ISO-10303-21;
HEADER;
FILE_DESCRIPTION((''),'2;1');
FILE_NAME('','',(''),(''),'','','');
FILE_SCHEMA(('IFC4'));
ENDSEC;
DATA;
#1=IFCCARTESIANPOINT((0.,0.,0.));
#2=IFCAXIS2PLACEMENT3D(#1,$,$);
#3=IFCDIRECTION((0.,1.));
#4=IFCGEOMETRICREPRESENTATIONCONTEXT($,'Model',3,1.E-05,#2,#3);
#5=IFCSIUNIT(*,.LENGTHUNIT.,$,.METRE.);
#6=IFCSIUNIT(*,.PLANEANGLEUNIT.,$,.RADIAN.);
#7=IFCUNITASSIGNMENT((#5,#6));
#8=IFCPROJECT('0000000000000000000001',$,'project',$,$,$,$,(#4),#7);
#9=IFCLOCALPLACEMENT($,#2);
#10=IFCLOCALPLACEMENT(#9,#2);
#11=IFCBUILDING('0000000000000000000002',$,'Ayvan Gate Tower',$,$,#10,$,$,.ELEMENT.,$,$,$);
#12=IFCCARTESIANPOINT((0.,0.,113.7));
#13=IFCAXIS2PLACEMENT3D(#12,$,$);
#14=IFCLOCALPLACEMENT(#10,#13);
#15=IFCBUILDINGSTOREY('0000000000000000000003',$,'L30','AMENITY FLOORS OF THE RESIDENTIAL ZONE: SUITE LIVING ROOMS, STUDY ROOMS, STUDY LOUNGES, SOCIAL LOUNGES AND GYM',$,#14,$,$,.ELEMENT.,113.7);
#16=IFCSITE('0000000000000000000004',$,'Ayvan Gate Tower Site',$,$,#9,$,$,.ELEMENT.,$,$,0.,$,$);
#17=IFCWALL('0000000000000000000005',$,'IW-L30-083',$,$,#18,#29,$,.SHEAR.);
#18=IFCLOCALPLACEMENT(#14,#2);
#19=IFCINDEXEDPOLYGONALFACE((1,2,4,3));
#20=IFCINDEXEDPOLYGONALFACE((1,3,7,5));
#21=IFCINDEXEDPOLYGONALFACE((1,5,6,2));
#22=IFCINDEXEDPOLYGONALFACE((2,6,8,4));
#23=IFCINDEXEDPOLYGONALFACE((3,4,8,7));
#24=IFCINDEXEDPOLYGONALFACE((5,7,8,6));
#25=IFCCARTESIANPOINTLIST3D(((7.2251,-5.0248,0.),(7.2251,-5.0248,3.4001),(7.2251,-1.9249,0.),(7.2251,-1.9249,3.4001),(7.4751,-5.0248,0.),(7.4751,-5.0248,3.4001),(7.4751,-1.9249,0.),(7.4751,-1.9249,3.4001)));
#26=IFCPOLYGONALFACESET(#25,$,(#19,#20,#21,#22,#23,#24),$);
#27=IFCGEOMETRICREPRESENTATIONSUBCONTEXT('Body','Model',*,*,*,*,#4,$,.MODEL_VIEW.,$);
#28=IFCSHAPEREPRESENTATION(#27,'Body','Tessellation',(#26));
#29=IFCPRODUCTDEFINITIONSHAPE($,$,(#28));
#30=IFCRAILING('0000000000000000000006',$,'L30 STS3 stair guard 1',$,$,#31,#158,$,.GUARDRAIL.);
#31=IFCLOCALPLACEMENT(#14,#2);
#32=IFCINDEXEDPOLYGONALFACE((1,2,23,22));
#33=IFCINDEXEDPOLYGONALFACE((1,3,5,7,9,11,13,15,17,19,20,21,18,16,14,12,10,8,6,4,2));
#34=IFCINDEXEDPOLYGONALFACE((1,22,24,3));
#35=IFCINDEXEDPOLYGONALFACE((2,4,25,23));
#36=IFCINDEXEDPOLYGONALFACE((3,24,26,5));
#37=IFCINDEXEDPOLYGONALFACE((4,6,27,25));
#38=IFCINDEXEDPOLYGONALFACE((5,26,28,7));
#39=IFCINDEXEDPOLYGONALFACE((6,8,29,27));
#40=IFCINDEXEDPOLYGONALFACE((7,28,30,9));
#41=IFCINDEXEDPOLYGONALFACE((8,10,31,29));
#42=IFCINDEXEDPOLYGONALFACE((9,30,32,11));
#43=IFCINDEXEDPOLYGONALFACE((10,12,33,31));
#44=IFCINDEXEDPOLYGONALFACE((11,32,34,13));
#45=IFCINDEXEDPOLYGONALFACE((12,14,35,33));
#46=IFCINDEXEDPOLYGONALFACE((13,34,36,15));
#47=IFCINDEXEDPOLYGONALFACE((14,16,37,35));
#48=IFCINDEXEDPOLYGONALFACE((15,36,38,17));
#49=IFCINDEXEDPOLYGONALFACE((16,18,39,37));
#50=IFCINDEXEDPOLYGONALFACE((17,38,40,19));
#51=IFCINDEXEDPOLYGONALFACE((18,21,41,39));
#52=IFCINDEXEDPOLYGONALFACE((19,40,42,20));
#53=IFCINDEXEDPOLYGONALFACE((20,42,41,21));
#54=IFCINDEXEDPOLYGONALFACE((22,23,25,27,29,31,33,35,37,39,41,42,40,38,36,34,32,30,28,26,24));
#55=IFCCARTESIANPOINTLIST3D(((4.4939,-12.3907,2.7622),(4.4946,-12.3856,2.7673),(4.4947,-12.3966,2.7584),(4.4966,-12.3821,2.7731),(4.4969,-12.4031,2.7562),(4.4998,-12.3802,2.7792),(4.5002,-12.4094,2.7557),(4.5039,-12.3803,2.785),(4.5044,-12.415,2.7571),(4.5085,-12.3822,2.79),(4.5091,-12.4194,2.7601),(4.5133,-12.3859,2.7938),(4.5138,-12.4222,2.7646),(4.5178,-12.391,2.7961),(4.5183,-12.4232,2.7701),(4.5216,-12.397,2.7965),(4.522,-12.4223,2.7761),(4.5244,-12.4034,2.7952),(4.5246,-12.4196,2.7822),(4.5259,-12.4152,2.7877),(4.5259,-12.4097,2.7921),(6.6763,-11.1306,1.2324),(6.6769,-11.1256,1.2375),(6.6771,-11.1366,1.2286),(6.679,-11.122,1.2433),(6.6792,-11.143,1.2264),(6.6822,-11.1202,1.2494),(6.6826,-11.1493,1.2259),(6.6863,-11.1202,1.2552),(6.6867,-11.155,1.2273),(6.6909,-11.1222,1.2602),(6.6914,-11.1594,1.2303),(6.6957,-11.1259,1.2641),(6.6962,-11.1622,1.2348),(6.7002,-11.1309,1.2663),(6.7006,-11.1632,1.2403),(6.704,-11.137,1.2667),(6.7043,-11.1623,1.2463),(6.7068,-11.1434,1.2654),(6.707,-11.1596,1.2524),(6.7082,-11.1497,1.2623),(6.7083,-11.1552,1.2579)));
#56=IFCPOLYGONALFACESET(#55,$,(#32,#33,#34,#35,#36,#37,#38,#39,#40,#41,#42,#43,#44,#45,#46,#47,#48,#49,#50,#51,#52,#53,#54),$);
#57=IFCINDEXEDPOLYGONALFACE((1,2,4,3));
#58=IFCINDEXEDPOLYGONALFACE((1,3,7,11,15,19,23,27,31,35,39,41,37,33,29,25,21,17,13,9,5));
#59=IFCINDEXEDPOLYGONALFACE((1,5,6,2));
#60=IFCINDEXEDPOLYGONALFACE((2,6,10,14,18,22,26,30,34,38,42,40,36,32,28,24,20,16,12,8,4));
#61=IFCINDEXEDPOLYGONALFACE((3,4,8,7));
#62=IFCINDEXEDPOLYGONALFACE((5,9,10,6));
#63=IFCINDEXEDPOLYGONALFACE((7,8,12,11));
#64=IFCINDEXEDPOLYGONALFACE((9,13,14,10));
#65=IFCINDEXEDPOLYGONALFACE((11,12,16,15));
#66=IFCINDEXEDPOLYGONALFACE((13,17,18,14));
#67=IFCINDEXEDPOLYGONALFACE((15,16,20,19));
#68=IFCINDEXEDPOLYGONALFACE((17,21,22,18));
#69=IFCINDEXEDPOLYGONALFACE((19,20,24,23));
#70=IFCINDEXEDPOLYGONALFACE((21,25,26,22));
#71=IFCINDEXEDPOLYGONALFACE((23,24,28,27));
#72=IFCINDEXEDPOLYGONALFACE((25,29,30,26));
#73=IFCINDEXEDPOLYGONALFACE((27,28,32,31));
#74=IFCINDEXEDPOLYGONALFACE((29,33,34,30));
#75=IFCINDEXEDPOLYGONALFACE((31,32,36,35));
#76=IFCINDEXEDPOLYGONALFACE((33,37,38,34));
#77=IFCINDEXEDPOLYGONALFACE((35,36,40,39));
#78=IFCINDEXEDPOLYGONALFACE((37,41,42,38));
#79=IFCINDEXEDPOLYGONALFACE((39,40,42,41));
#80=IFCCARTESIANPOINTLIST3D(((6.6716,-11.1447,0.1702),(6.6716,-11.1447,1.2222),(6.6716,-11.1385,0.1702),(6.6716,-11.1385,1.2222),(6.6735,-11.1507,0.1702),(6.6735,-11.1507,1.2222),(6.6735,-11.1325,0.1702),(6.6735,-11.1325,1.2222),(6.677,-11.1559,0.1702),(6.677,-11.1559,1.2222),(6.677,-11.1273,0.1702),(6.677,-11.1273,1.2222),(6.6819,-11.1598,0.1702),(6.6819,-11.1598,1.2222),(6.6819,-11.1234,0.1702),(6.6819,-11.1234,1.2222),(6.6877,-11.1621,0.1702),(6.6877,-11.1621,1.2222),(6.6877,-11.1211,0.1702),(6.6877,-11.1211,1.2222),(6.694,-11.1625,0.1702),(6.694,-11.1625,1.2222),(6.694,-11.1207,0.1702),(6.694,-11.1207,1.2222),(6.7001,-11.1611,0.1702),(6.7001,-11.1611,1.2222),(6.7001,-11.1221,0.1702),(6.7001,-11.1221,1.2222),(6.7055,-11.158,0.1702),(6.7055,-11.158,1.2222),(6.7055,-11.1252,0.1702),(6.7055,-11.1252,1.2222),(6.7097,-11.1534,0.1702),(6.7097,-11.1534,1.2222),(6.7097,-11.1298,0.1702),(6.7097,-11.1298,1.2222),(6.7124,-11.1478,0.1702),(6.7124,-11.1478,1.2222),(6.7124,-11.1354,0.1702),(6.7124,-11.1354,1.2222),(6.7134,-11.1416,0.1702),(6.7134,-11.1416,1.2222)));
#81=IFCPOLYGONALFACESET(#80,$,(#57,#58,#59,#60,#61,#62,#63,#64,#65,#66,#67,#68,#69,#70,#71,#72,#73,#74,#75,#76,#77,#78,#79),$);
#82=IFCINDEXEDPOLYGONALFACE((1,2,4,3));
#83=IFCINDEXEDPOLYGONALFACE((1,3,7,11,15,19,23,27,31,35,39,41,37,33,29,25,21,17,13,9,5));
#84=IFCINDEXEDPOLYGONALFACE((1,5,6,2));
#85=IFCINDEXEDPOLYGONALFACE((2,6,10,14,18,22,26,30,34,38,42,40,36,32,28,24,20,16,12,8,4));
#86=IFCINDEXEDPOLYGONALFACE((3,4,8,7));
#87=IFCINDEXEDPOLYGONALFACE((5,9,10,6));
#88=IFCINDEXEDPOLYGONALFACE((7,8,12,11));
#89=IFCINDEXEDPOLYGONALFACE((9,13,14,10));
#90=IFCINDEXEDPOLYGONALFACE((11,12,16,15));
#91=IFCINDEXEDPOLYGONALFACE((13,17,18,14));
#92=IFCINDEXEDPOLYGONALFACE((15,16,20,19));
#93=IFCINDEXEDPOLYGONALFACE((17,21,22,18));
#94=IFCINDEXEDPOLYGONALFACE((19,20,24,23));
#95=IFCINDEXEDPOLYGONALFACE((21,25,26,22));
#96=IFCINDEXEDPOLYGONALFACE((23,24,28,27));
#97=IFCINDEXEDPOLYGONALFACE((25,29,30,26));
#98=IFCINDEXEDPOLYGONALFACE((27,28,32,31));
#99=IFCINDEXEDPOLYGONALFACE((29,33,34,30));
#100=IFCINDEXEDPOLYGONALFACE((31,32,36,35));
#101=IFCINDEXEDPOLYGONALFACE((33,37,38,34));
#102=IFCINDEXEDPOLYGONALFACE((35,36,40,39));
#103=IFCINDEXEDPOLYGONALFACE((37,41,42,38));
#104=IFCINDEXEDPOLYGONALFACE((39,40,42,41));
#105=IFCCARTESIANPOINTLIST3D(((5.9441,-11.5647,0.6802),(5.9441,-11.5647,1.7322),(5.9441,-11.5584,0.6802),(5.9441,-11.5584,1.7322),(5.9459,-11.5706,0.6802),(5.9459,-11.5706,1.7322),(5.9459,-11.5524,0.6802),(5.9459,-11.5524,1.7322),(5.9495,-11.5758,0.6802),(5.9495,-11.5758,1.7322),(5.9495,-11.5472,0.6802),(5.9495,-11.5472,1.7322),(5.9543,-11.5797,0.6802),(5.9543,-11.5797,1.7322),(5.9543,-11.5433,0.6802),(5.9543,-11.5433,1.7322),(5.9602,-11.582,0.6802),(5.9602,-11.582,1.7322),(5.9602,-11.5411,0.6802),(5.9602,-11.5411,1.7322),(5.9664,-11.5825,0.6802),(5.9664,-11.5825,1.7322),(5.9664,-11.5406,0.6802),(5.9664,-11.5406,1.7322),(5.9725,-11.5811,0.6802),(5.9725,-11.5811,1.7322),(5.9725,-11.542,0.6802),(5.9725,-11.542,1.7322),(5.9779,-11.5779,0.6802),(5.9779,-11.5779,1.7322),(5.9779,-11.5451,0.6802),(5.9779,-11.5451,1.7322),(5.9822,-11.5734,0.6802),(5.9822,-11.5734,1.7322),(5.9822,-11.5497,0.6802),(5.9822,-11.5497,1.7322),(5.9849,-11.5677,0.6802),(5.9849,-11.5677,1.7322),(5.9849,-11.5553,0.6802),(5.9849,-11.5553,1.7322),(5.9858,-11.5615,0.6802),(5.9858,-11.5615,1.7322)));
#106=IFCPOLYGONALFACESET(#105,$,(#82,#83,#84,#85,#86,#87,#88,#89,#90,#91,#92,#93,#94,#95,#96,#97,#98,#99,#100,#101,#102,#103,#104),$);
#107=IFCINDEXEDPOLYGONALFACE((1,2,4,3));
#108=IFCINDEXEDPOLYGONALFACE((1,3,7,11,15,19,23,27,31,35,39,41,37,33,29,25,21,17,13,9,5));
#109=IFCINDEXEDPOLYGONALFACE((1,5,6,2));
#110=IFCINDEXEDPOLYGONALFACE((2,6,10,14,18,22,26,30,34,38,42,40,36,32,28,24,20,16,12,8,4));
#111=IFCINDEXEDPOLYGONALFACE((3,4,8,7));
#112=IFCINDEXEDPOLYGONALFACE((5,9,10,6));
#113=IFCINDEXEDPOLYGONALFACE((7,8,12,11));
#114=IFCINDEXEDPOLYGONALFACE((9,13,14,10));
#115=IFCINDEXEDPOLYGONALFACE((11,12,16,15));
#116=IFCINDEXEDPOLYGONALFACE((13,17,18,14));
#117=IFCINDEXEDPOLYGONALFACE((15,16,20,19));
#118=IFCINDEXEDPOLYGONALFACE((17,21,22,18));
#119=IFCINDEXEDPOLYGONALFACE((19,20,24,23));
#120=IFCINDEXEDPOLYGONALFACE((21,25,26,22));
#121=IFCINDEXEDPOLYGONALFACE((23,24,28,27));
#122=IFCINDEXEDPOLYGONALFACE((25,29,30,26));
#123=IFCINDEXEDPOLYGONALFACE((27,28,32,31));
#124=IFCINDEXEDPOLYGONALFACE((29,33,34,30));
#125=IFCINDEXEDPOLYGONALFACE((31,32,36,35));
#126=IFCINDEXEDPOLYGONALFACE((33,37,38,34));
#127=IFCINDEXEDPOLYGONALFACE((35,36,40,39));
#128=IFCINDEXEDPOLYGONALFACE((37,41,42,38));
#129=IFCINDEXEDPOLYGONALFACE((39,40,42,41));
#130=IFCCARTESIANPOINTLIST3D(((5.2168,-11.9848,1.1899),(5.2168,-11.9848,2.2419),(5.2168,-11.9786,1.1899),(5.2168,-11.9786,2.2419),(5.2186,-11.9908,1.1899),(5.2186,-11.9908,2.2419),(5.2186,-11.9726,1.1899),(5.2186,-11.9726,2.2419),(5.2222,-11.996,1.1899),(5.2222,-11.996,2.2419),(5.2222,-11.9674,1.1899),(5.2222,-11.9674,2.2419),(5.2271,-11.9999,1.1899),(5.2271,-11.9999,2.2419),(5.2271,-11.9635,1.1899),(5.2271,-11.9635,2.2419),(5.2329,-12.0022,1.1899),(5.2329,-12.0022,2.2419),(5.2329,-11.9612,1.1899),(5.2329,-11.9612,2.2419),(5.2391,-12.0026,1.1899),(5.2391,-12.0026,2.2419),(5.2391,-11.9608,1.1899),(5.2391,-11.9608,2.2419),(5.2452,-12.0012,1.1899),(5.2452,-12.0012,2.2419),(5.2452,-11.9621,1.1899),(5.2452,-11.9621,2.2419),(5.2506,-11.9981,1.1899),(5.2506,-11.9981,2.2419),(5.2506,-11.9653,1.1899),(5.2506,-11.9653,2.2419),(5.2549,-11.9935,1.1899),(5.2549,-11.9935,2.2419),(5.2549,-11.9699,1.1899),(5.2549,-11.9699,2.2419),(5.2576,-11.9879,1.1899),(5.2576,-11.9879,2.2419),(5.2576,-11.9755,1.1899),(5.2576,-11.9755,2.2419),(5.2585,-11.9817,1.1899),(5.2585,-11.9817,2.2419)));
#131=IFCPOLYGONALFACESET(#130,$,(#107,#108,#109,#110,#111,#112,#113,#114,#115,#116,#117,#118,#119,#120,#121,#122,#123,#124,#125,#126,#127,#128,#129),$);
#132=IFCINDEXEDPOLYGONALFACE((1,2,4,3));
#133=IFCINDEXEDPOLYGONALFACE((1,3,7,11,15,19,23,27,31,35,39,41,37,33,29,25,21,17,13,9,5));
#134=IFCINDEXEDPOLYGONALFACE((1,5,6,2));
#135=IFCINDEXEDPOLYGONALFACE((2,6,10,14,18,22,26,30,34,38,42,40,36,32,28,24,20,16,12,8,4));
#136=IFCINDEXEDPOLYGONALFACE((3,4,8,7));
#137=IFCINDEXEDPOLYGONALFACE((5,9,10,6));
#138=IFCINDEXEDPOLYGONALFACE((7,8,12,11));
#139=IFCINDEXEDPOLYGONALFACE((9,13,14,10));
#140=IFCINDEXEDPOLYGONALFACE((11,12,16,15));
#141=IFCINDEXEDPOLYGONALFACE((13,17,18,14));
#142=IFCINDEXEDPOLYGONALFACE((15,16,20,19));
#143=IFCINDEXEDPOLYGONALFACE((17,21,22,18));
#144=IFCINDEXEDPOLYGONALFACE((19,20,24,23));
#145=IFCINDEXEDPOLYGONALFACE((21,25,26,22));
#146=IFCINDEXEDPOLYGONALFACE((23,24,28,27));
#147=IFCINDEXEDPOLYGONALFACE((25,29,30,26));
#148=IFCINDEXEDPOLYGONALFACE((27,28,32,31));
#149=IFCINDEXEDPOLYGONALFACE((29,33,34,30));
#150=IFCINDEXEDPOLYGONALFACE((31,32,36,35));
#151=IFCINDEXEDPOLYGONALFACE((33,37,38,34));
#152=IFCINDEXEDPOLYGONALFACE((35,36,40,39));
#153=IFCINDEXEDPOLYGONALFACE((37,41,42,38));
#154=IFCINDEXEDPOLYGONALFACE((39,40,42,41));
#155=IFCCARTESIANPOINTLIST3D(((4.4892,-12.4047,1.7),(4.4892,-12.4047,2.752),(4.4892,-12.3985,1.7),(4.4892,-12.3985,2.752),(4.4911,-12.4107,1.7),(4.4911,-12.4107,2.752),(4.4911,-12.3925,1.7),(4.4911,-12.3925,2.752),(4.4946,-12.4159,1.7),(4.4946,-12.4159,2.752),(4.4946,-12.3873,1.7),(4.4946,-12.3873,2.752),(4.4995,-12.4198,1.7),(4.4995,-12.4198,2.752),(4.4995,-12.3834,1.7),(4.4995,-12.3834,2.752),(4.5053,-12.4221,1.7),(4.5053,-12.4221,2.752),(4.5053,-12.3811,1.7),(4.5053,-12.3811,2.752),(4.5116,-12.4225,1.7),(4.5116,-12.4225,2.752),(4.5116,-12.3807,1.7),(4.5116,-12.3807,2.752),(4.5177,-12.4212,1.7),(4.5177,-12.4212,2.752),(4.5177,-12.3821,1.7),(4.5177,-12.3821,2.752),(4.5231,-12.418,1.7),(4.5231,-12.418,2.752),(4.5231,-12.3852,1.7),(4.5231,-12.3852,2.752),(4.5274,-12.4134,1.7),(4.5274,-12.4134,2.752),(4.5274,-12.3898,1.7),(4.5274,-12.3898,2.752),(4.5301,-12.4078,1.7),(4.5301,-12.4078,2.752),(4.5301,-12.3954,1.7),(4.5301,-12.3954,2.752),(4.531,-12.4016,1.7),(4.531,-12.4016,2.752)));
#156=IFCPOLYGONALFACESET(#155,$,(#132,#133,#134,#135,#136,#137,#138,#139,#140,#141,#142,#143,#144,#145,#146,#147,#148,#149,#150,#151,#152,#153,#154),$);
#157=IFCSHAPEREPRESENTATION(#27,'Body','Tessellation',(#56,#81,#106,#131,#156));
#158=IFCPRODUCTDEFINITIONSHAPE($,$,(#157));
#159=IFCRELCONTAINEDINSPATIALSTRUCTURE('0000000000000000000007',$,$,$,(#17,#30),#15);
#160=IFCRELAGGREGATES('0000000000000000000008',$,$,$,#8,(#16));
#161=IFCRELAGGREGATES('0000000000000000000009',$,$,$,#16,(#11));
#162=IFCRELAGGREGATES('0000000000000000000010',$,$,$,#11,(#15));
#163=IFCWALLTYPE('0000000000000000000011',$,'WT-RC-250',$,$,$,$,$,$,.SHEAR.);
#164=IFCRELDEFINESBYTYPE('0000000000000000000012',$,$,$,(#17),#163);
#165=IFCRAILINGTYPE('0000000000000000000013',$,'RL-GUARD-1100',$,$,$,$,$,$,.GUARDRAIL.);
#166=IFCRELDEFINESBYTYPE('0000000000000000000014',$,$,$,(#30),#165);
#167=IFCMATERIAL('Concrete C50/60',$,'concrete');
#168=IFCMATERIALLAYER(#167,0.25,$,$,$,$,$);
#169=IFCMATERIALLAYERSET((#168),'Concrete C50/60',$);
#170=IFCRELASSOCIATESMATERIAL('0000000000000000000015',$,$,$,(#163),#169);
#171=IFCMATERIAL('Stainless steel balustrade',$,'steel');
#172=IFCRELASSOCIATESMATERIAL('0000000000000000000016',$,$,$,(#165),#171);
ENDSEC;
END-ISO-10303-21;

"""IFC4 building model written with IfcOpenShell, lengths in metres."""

from ifc_helpers import new_model, si_unit, direction, frame, frame_2d, origin, origin_2d, place, context, subcontext, project, spatial, rectangle, circle, extrude, material, layer, layer_set, type_object, element, save


model = new_model("IFC4")

# Units and contexts
model_context = context("Model", 3, precision=1e-05, world=origin(), true_north=direction((0.0, 1.0)))
body_context = subcontext(model_context, "Body", "Model", "MODEL_VIEW")
ifc_project = project(units=[si_unit("LENGTHUNIT", "METRE"), si_unit("PLANEANGLEUNIT", "RADIAN")], contexts=[model_context])

# Site, building, storey
site_placement = place(None, origin())
site = spatial("IfcSite", under=ifc_project, at=site_placement, Name="Ayvan Gate Tower Site", CompositionType="ELEMENT", RefElevation=0.0)
building_placement = place(site_placement, origin())
building = spatial("IfcBuilding", under=site, at=building_placement, Name="Ayvan Gate Tower", CompositionType="ELEMENT")
storey_placement = place(building_placement, frame((0.0, 0.0, 113.7)))
storey = spatial("IfcBuildingStorey", under=building, at=storey_placement, Name="L30", Description="AMENITY FLOORS OF THE RESIDENTIAL ZONE: SUITE LIVING ROOMS, STUDY ROOMS, STUDY LOUNGES, SOCIAL LOUNGES AND GYM", CompositionType="ELEMENT", Elevation=113.7)

# Shared definitions
ifc_material_1 = material(Name="Concrete C50/60", Category="concrete")
ifc_layer_1 = layer(ifc_material_1, 0.25)
ifc_layer_set_1 = layer_set([ifc_layer_1], Name="Concrete C50/60")
wall_type_1 = type_object("IfcWallType", Name="WT-RC-250", PredefinedType="SHEAR", material=ifc_layer_set_1)

# Wall
wall_1_placement = place(storey_placement, frame((7.3501, -1.925, 0.0), z_axis=(0.0, 0.0, 1.0), x_axis=(0.0, -1.0, 0.0)))
element("IfcWall", 1, at=wall_1_placement, inside=storey, type_object=wall_type_1, Name="IW-L30-083", PredefinedType="SHEAR", context=body_context, shape_type="SweptSolid", body=[
    extrude(rectangle(XDim=3.0999, YDim=0.25, at=frame_2d((1.5498, 0.0))), origin(), (0.0, 0.0, 1.0), 3.4001),
])

# Railing
ifc_material_2 = material(Name="Stainless steel balustrade", Category="steel")
railing_type_1 = type_object("IfcRailingType", Name="RL-GUARD-1100", PredefinedType="GUARDRAIL", material=ifc_material_2)
railing_1_placement = place(storey_placement, frame((6.6924, -11.1416, 0.1702)))
element("IfcRailing", 2, at=railing_1_placement, inside=storey, type_object=railing_type_1, Name="L30 STS3 stair guard 1", PredefinedType="GUARDRAIL", context=body_context, shape_type="SweptSolid", body=[
    extrude(circle(Radius=0.0239, at=origin_2d()), frame((0.0, 0.0, 1.0762), z_axis=(-0.740293, -0.427414, 0.518926), x_axis=(0.500005, -0.866023, 0.0)), (0.0, 0.0, 1.0), 2.948),
    extrude(circle(Radius=0.021, at=origin_2d()), origin(), (0.0, 0.0, 1.0), 1.052),
    extrude(circle(Radius=0.021, at=origin_2d()), frame((-0.7275, -0.4199, 0.51)), (0.0, 0.0, 1.0), 1.052),
    extrude(circle(Radius=0.021, at=origin_2d()), frame((-1.4548, -0.8401, 1.0198)), (0.0, 0.0, 1.0), 1.052),
    extrude(circle(Radius=0.021, at=origin_2d()), frame((-2.1824, -1.26, 1.5298)), (0.0, 0.0, 1.0), 1.052),
])

save(model, "model.ifc")
